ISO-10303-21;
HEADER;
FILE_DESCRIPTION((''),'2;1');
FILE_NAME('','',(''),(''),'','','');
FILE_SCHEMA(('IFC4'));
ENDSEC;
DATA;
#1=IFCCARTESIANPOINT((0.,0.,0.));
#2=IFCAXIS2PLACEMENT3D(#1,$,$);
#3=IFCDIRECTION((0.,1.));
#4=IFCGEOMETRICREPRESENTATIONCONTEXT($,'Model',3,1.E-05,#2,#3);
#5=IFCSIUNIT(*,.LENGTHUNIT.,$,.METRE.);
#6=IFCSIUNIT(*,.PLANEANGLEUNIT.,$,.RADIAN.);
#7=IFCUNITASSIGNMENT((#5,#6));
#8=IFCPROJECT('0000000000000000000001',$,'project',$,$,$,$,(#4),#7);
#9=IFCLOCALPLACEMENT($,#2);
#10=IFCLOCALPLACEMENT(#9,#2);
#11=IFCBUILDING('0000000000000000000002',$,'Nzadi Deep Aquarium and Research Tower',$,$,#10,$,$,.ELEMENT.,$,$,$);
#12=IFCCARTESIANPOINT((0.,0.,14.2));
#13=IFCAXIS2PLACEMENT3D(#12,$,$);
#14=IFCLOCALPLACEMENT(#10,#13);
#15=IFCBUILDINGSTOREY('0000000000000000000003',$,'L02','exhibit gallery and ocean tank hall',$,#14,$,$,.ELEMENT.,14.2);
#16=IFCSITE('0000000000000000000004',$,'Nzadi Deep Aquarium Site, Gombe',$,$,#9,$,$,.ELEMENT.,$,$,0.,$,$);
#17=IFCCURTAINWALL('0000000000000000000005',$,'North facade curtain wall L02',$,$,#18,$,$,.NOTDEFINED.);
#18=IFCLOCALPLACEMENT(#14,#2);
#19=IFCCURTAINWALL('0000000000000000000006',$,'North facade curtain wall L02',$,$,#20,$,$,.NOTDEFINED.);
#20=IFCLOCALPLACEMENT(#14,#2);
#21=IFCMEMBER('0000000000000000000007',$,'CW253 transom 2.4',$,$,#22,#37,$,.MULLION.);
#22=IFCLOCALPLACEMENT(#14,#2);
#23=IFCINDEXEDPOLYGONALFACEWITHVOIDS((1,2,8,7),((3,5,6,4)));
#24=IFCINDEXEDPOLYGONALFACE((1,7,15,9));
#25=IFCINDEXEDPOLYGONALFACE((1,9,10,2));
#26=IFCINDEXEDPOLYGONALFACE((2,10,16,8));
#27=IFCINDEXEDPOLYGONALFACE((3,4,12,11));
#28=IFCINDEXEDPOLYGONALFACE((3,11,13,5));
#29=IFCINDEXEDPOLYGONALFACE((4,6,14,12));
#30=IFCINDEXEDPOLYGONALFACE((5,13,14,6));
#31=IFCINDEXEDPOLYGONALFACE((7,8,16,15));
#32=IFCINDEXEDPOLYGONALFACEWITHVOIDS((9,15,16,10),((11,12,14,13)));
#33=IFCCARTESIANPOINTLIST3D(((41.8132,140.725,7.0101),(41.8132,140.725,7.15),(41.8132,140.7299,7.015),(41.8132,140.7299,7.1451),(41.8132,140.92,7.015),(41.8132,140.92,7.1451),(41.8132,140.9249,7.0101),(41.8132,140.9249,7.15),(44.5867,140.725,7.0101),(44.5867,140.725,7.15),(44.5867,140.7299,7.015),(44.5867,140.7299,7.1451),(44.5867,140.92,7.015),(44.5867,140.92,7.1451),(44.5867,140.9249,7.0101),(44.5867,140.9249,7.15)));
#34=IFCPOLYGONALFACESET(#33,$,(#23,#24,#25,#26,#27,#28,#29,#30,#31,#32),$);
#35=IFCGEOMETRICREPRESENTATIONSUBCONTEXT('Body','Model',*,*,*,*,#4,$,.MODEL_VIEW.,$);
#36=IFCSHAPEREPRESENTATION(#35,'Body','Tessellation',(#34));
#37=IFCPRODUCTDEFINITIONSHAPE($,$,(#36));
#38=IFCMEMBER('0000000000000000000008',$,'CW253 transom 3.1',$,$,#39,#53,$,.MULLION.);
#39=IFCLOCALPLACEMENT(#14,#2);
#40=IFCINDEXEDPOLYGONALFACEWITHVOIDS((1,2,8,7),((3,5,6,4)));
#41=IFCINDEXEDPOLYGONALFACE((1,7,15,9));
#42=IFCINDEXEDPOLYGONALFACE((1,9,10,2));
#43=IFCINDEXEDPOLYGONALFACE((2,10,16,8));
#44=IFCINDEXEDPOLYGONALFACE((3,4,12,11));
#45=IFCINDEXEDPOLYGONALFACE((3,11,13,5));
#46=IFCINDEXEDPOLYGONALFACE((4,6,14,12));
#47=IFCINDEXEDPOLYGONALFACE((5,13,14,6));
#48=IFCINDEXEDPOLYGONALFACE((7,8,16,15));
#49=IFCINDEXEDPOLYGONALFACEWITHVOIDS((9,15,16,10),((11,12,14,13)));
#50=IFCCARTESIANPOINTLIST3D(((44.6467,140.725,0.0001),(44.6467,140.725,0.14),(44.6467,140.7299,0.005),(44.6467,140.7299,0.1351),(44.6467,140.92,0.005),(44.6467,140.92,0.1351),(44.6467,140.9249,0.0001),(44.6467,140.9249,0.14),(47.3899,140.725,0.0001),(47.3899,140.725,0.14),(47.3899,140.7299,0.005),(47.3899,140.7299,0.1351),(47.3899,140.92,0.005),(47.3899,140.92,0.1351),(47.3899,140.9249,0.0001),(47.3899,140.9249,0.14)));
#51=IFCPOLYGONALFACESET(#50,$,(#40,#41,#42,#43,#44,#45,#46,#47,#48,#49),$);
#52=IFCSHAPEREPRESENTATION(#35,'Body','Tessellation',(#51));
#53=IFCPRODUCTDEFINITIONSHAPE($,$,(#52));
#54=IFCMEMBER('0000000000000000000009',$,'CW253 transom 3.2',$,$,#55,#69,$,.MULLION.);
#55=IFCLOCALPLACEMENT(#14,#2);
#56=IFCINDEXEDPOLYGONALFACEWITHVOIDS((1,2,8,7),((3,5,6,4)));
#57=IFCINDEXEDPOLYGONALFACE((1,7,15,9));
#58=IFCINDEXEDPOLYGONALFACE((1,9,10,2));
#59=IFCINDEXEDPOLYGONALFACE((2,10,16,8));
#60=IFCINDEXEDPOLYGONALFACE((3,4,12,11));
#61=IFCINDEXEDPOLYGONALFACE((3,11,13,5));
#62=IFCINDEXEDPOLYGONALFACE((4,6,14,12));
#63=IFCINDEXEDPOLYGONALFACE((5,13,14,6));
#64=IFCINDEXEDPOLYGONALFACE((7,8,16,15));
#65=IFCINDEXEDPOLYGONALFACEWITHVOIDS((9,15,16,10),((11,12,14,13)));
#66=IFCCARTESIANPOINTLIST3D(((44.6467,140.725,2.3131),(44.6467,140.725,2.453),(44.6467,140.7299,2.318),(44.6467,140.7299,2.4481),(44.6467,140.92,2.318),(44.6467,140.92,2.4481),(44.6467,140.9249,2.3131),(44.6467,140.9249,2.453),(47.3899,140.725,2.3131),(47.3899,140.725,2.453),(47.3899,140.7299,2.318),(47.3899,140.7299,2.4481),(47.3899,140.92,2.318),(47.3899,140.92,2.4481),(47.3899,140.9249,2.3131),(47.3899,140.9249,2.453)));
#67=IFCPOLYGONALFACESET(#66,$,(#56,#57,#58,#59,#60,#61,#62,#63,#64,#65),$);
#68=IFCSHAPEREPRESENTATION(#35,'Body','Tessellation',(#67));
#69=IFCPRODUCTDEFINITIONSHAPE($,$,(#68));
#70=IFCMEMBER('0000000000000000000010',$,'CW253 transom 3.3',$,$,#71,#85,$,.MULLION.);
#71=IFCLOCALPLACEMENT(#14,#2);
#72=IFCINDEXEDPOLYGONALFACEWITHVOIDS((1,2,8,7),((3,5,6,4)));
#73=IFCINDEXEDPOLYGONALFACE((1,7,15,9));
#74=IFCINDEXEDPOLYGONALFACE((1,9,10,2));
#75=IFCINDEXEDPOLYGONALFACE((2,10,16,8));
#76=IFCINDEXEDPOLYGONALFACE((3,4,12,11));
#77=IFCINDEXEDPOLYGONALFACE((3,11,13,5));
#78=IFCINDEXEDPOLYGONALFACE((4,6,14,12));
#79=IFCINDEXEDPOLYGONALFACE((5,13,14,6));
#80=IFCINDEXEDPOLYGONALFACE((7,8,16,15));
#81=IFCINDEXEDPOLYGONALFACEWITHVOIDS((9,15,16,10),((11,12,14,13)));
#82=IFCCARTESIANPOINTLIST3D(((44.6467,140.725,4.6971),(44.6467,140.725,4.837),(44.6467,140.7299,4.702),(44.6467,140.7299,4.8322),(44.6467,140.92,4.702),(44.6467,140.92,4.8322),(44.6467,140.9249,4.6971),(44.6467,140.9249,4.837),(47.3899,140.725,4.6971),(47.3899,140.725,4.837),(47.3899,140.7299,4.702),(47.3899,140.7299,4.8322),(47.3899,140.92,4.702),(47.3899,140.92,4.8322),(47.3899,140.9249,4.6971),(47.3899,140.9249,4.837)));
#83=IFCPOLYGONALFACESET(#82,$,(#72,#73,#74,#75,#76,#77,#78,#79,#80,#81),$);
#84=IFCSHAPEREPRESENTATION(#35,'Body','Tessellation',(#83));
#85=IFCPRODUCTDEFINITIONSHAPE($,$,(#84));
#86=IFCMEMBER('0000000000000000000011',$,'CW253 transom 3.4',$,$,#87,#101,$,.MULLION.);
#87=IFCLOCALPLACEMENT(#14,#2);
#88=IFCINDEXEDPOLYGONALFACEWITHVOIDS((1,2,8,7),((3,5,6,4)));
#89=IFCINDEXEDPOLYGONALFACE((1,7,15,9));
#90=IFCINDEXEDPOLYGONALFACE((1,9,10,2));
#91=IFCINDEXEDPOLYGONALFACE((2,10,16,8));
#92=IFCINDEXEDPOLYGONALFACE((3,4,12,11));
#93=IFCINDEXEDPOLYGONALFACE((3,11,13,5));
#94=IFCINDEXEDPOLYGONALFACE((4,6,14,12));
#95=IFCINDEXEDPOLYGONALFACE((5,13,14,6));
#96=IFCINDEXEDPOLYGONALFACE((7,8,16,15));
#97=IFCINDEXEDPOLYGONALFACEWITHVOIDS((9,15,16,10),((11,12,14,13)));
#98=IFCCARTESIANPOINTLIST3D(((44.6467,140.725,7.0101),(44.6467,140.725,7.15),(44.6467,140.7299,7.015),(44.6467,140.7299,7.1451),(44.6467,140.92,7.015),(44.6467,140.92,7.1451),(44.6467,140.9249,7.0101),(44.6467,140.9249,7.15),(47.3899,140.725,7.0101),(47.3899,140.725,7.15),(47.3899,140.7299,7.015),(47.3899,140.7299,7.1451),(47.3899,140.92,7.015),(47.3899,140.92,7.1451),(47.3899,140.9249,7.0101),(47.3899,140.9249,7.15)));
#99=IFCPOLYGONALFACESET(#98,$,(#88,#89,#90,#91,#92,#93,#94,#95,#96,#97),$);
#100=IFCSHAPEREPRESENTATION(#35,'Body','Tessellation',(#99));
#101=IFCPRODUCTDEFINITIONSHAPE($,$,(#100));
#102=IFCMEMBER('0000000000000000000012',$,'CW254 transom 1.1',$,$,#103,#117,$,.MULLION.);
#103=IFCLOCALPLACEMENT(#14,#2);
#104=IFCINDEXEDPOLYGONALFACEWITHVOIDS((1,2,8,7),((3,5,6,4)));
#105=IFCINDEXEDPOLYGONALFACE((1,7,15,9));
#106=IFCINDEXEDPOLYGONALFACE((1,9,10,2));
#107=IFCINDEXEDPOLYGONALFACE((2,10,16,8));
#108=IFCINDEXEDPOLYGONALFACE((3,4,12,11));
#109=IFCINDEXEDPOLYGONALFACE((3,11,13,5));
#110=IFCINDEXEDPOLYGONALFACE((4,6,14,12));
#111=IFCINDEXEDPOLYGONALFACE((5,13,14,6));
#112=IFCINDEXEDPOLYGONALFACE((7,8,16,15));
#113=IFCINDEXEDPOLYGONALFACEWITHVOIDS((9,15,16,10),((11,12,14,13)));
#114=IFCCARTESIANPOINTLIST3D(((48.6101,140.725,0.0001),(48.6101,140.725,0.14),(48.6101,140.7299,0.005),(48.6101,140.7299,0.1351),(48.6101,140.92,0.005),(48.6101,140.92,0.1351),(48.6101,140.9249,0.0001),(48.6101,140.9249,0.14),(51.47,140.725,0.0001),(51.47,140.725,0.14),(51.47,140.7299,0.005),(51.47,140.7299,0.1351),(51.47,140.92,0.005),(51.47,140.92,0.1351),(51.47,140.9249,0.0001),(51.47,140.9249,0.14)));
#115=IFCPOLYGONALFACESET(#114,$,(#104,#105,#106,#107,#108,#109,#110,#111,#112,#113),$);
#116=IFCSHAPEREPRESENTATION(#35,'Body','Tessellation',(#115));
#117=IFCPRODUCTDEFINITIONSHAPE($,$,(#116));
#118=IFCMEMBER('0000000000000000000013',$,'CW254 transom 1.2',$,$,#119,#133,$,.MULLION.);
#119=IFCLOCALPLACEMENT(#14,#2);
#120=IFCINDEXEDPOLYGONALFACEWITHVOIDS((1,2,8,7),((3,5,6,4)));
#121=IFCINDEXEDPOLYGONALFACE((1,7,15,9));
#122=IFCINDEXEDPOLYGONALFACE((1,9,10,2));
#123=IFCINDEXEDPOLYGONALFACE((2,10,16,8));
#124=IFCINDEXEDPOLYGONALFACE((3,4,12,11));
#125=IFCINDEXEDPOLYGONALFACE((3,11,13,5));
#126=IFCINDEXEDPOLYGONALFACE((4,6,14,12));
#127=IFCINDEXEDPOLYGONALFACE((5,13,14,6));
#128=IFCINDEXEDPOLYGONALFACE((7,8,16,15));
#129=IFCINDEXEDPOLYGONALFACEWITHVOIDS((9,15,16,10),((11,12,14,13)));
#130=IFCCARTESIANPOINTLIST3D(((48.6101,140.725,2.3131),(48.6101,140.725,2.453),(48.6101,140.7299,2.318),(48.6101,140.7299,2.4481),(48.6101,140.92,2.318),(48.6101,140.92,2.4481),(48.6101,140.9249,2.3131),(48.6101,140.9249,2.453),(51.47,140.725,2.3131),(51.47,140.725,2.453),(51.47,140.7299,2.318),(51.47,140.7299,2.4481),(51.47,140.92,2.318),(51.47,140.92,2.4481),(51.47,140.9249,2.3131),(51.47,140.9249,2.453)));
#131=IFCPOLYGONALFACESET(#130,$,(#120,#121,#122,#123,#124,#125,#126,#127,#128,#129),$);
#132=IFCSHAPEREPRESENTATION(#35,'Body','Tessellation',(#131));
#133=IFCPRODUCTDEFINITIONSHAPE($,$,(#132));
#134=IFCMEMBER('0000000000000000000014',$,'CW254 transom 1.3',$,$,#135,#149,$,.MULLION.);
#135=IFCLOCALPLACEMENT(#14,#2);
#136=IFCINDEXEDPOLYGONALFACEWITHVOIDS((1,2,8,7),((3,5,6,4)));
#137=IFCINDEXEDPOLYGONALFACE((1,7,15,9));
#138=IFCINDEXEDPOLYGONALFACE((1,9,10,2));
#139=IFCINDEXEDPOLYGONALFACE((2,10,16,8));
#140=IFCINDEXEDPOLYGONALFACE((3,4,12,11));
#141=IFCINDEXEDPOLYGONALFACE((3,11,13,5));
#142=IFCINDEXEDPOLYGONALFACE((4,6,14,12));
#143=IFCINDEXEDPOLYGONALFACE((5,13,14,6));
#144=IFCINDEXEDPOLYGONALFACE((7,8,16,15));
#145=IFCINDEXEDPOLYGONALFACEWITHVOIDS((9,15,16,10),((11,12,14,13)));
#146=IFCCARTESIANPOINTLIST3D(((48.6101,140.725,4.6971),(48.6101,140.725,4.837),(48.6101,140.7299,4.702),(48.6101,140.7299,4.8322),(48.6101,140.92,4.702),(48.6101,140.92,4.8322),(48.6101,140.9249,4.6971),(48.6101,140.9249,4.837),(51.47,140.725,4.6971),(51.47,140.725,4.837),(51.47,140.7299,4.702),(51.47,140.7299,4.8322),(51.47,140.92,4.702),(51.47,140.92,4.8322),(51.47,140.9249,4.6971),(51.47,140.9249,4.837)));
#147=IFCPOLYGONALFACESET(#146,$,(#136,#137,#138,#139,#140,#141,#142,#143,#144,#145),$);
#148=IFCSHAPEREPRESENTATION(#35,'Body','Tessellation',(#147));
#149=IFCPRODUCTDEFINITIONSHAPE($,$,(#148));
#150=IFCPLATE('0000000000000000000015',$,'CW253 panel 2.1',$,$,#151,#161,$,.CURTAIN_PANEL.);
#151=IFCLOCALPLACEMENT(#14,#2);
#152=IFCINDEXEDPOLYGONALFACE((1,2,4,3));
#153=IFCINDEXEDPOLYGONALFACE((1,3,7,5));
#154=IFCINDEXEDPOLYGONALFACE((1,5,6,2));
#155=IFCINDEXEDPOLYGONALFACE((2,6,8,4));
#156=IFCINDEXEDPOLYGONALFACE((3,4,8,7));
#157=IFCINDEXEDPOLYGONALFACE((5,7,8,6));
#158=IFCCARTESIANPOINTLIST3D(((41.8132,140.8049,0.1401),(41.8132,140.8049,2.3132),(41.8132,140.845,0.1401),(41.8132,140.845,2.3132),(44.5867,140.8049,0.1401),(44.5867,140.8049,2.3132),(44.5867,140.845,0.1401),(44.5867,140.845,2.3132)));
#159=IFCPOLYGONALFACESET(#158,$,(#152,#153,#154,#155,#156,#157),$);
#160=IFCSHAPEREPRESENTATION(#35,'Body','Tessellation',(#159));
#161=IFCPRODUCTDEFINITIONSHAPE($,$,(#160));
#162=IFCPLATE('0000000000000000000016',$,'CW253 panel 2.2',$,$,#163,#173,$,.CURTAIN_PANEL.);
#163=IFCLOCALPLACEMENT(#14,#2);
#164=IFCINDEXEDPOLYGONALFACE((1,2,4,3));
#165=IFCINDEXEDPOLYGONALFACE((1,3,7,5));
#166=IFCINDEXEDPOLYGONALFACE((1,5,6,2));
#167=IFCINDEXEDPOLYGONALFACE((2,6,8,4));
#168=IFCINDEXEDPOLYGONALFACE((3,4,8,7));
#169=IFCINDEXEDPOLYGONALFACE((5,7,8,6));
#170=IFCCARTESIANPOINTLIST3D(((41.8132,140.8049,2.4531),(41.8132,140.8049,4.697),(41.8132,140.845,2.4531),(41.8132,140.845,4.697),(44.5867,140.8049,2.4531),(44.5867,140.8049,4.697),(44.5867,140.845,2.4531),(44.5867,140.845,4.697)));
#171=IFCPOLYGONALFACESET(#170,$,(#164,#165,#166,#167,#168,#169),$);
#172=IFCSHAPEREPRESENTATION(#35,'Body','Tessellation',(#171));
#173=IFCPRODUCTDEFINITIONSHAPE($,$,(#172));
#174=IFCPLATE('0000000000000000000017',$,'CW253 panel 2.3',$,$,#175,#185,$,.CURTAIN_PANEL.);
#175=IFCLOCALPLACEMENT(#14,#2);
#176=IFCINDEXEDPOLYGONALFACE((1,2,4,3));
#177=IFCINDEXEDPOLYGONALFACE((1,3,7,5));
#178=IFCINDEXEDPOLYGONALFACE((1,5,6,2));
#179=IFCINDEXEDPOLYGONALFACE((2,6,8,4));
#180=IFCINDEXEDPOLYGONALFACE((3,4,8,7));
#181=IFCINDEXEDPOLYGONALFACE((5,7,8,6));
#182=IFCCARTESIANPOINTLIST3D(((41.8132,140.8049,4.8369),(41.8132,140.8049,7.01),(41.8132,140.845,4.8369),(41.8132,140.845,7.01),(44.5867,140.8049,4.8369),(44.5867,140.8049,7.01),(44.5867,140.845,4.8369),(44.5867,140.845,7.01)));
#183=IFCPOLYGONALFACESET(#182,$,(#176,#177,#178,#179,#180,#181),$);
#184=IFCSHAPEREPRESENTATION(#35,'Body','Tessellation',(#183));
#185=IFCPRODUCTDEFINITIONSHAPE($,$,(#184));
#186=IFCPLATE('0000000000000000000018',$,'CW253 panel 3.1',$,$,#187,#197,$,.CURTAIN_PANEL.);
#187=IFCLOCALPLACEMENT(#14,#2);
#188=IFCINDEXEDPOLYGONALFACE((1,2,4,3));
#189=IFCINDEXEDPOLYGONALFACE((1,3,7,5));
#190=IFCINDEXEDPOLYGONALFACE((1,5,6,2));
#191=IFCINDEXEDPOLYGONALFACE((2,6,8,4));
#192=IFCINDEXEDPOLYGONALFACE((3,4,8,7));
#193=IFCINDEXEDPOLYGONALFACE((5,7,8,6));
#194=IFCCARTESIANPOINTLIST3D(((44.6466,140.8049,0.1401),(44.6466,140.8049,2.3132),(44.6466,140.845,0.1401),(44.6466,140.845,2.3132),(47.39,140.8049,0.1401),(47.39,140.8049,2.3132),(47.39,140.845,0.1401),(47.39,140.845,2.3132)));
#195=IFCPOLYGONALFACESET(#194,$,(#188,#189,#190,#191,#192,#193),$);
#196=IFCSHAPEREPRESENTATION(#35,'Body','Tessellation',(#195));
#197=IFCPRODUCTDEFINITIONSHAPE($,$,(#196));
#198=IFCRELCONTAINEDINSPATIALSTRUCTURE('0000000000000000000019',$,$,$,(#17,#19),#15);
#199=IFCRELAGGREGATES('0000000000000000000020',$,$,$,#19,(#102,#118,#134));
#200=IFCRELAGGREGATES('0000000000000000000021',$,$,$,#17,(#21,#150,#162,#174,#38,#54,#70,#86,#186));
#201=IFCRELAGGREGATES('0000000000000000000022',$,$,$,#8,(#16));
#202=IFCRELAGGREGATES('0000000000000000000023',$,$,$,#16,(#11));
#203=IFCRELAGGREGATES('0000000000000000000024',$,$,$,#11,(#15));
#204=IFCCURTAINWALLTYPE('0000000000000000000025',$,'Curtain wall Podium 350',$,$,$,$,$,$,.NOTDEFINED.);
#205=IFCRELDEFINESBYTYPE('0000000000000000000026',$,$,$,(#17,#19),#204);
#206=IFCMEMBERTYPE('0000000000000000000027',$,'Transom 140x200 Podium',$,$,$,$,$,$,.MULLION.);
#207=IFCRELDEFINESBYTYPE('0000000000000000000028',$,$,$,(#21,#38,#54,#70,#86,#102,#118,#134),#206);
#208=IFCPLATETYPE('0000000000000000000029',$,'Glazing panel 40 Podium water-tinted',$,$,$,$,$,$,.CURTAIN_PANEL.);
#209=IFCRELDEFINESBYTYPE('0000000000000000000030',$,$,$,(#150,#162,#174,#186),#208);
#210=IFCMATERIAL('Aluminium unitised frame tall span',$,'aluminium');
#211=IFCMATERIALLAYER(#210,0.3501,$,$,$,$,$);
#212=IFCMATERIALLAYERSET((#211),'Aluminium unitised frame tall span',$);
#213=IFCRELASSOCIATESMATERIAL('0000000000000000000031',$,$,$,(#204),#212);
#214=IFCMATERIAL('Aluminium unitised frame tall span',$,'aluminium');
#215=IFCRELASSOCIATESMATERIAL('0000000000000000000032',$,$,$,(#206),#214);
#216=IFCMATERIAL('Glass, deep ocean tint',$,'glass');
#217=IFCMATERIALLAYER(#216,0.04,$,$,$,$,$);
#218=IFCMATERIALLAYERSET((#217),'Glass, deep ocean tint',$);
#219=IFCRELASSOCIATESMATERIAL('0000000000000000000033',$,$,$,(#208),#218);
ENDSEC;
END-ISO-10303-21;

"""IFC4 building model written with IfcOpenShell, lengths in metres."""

from ifc_helpers import new_model, si_unit, direction, frame, origin, origin_2d, place, context, subcontext, project, spatial, rectangle, hollow_rectangle, extrude, material, layer, layer_set, material_profile, profile_set, type_object, element, aggregate, save


model = new_model("IFC4")

# Units and contexts
model_context = context("Model", 3, precision=1e-05, world=origin(), true_north=direction((0.0, 1.0)))
body_context = subcontext(model_context, "Body", "Model", "MODEL_VIEW")
ifc_project = project(units=[si_unit("LENGTHUNIT", "METRE"), si_unit("PLANEANGLEUNIT", "RADIAN")], contexts=[model_context])

# Site, building, storey
site_placement = place(None, origin())
site = spatial("IfcSite", under=ifc_project, at=site_placement, Name="Nzadi Deep Aquarium Site, Gombe", CompositionType="ELEMENT", RefElevation=0.0)
building_placement = place(site_placement, origin())
building = spatial("IfcBuilding", under=site, at=building_placement, Name="Nzadi Deep Aquarium and Research Tower", CompositionType="ELEMENT")
storey_placement = place(building_placement, frame((0.0, 0.0, 14.2)))
storey = spatial("IfcBuildingStorey", under=building, at=storey_placement, Name="L02", Description="exhibit gallery and ocean tank hall", CompositionType="ELEMENT", Elevation=14.2)

# Curtain wall
ifc_material_1 = material(Name="Aluminium unitised frame tall span", Category="aluminium")
ifc_layer_1 = layer(ifc_material_1, 0.3501)
ifc_layer_set_1 = layer_set([ifc_layer_1], Name="Aluminium unitised frame tall span")
curtain_wall_type = type_object("IfcCurtainWallType", Name="Curtain wall Podium 350", PredefinedType="NOTDEFINED", material=ifc_layer_set_1)
curtain_wall_1_placement = place(storey_placement, origin())
curtain_wall_1 = element("IfcCurtainWall", 1, at=curtain_wall_1_placement, inside=storey, type_object=curtain_wall_type, Name="North facade curtain wall L02", PredefinedType="NOTDEFINED")

# Curtain wall
curtain_wall_2_placement = place(storey_placement, origin())
curtain_wall_2 = element("IfcCurtainWall", 2, at=curtain_wall_2_placement, inside=storey, type_object=curtain_wall_type, Name="North facade curtain wall L02", PredefinedType="NOTDEFINED")

# Members
ifc_material_2 = material(Name="Aluminium unitised frame tall span", Category="aluminium")
ifc_material_profile_1 = material_profile(ifc_material_2, hollow_rectangle(XDim=0.2, YDim=0.1399, WallThickness=0.0049, at=origin_2d()))
ifc_profile_set_1 = profile_set([ifc_material_profile_1], Name="Aluminium unitised frame tall span")
member_type_1 = type_object("IfcMemberType", Name="Transom 140x200 Podium", PredefinedType="MULLION", material=ifc_profile_set_1)
member_1_placement = place(storey_placement, frame((41.8132, 140.825, 7.0801), z_axis=(1.0, 0.0, 0.0), x_axis=(0.0, 1.0, 0.0)))
member_1 = element("IfcMember", 3, at=member_1_placement, type_object=member_type_1, Name="CW253 transom 2.4", PredefinedType="MULLION", context=body_context, shape_type="SweptSolid", body=[
    extrude(hollow_rectangle(XDim=0.2, YDim=0.1399, WallThickness=0.0049, at=origin_2d()), origin(), (0.0, 0.0, 1.0), 2.7734),
])
member_2_placement = place(storey_placement, frame((44.6467, 140.825, 0.0701), z_axis=(1.0, 0.0, 0.0), x_axis=(0.0, 1.0, 0.0)))
member_2 = element("IfcMember", 4, at=member_2_placement, type_object=member_type_1, Name="CW253 transom 3.1", PredefinedType="MULLION", context=body_context, shape_type="SweptSolid", body=[
    extrude(hollow_rectangle(XDim=0.2, YDim=0.1399, WallThickness=0.0049, at=origin_2d()), origin(), (0.0, 0.0, 1.0), 2.7432),
])
member_3_placement = place(storey_placement, frame((44.6467, 140.825, 2.3831), z_axis=(1.0, 0.0, 0.0), x_axis=(0.0, 1.0, 0.0)))
member_3 = element("IfcMember", 5, at=member_3_placement, type_object=member_type_1, Name="CW253 transom 3.2", PredefinedType="MULLION", context=body_context, shape_type="SweptSolid", body=[
    extrude(hollow_rectangle(XDim=0.2, YDim=0.1399, WallThickness=0.0049, at=origin_2d()), origin(), (0.0, 0.0, 1.0), 2.7432),
])
member_4_placement = place(storey_placement, frame((44.6467, 140.825, 4.7671), z_axis=(1.0, 0.0, 0.0), x_axis=(0.0, 1.0, 0.0)))
member_4 = element("IfcMember", 6, at=member_4_placement, type_object=member_type_1, Name="CW253 transom 3.3", PredefinedType="MULLION", context=body_context, shape_type="SweptSolid", body=[
    extrude(hollow_rectangle(XDim=0.2, YDim=0.1399, WallThickness=0.0049, at=origin_2d()), origin(), (0.0, 0.0, 1.0), 2.7432),
])
member_5_placement = place(storey_placement, frame((44.6467, 140.825, 7.0801), z_axis=(1.0, 0.0, 0.0), x_axis=(0.0, 1.0, 0.0)))
member_5 = element("IfcMember", 7, at=member_5_placement, type_object=member_type_1, Name="CW253 transom 3.4", PredefinedType="MULLION", context=body_context, shape_type="SweptSolid", body=[
    extrude(hollow_rectangle(XDim=0.2, YDim=0.1399, WallThickness=0.0049, at=origin_2d()), origin(), (0.0, 0.0, 1.0), 2.7432),
])
member_6_placement = place(storey_placement, frame((48.6101, 140.825, 0.0701), z_axis=(1.0, 0.0, 0.0), x_axis=(0.0, 1.0, 0.0)))
member_6 = element("IfcMember", 8, at=member_6_placement, type_object=member_type_1, Name="CW254 transom 1.1", PredefinedType="MULLION", context=body_context, shape_type="SweptSolid", body=[
    extrude(hollow_rectangle(XDim=0.2, YDim=0.1399, WallThickness=0.0049, at=origin_2d()), origin(), (0.0, 0.0, 1.0), 2.8599),
])
member_7_placement = place(storey_placement, frame((48.6101, 140.825, 2.3831), z_axis=(1.0, 0.0, 0.0), x_axis=(0.0, 1.0, 0.0)))
member_7 = element("IfcMember", 9, at=member_7_placement, type_object=member_type_1, Name="CW254 transom 1.2", PredefinedType="MULLION", context=body_context, shape_type="SweptSolid", body=[
    extrude(hollow_rectangle(XDim=0.2, YDim=0.1399, WallThickness=0.0049, at=origin_2d()), origin(), (0.0, 0.0, 1.0), 2.8599),
])
member_8_placement = place(storey_placement, frame((48.6101, 140.825, 4.7671), z_axis=(1.0, 0.0, 0.0), x_axis=(0.0, 1.0, 0.0)))
member_8 = element("IfcMember", 10, at=member_8_placement, type_object=member_type_1, Name="CW254 transom 1.3", PredefinedType="MULLION", context=body_context, shape_type="SweptSolid", body=[
    extrude(hollow_rectangle(XDim=0.2, YDim=0.1399, WallThickness=0.0049, at=origin_2d()), origin(), (0.0, 0.0, 1.0), 2.8599),
])
aggregate(curtain_wall_2, [member_6, member_7, member_8])

# Plates
ifc_material_3 = material(Name="Glass, deep ocean tint", Category="glass")
ifc_layer_2 = layer(ifc_material_3, 0.04)
ifc_layer_set_2 = layer_set([ifc_layer_2], Name="Glass, deep ocean tint")
plate_type = type_object("IfcPlateType", Name="Glazing panel 40 Podium water-tinted", PredefinedType="CURTAIN_PANEL", material=ifc_layer_set_2)
plate_1_placement = place(storey_placement, frame((43.2, 140.825, 0.1401), z_axis=(0.0, 0.0, 1.0), x_axis=(1.0, 0.0, 0.0)))
plate_1 = element("IfcPlate", 11, at=plate_1_placement, type_object=plate_type, Name="CW253 panel 2.1", PredefinedType="CURTAIN_PANEL", context=body_context, shape_type="SweptSolid", body=[
    extrude(rectangle(XDim=2.7734, YDim=0.04, at=origin_2d()), origin(), (0.0, 0.0, 1.0), 2.1731),
])
plate_2_placement = place(storey_placement, frame((43.2, 140.825, 2.4531), z_axis=(0.0, 0.0, 1.0), x_axis=(1.0, 0.0, 0.0)))
plate_2 = element("IfcPlate", 12, at=plate_2_placement, type_object=plate_type, Name="CW253 panel 2.2", PredefinedType="CURTAIN_PANEL", context=body_context, shape_type="SweptSolid", body=[
    extrude(rectangle(XDim=2.7734, YDim=0.04, at=origin_2d()), origin(), (0.0, 0.0, 1.0), 2.2439),
])
plate_3_placement = place(storey_placement, frame((43.2, 140.825, 4.8369), z_axis=(0.0, 0.0, 1.0), x_axis=(1.0, 0.0, 0.0)))
plate_3 = element("IfcPlate", 13, at=plate_3_placement, type_object=plate_type, Name="CW253 panel 2.3", PredefinedType="CURTAIN_PANEL", context=body_context, shape_type="SweptSolid", body=[
    extrude(rectangle(XDim=2.7734, YDim=0.04, at=origin_2d()), origin(), (0.0, 0.0, 1.0), 2.1731),
])
plate_4_placement = place(storey_placement, frame((46.0183, 140.825, 0.1401), z_axis=(0.0, 0.0, 1.0), x_axis=(1.0, 0.0, 0.0)))
plate_4 = element("IfcPlate", 14, at=plate_4_placement, type_object=plate_type, Name="CW253 panel 3.1", PredefinedType="CURTAIN_PANEL", context=body_context, shape_type="SweptSolid", body=[
    extrude(rectangle(XDim=2.7434, YDim=0.04, at=origin_2d()), origin(), (0.0, 0.0, 1.0), 2.1731),
])
aggregate(curtain_wall_1, [member_1, plate_1, plate_2, plate_3, member_2, member_3, member_4, member_5, plate_4])

save(model, "model.ifc")
